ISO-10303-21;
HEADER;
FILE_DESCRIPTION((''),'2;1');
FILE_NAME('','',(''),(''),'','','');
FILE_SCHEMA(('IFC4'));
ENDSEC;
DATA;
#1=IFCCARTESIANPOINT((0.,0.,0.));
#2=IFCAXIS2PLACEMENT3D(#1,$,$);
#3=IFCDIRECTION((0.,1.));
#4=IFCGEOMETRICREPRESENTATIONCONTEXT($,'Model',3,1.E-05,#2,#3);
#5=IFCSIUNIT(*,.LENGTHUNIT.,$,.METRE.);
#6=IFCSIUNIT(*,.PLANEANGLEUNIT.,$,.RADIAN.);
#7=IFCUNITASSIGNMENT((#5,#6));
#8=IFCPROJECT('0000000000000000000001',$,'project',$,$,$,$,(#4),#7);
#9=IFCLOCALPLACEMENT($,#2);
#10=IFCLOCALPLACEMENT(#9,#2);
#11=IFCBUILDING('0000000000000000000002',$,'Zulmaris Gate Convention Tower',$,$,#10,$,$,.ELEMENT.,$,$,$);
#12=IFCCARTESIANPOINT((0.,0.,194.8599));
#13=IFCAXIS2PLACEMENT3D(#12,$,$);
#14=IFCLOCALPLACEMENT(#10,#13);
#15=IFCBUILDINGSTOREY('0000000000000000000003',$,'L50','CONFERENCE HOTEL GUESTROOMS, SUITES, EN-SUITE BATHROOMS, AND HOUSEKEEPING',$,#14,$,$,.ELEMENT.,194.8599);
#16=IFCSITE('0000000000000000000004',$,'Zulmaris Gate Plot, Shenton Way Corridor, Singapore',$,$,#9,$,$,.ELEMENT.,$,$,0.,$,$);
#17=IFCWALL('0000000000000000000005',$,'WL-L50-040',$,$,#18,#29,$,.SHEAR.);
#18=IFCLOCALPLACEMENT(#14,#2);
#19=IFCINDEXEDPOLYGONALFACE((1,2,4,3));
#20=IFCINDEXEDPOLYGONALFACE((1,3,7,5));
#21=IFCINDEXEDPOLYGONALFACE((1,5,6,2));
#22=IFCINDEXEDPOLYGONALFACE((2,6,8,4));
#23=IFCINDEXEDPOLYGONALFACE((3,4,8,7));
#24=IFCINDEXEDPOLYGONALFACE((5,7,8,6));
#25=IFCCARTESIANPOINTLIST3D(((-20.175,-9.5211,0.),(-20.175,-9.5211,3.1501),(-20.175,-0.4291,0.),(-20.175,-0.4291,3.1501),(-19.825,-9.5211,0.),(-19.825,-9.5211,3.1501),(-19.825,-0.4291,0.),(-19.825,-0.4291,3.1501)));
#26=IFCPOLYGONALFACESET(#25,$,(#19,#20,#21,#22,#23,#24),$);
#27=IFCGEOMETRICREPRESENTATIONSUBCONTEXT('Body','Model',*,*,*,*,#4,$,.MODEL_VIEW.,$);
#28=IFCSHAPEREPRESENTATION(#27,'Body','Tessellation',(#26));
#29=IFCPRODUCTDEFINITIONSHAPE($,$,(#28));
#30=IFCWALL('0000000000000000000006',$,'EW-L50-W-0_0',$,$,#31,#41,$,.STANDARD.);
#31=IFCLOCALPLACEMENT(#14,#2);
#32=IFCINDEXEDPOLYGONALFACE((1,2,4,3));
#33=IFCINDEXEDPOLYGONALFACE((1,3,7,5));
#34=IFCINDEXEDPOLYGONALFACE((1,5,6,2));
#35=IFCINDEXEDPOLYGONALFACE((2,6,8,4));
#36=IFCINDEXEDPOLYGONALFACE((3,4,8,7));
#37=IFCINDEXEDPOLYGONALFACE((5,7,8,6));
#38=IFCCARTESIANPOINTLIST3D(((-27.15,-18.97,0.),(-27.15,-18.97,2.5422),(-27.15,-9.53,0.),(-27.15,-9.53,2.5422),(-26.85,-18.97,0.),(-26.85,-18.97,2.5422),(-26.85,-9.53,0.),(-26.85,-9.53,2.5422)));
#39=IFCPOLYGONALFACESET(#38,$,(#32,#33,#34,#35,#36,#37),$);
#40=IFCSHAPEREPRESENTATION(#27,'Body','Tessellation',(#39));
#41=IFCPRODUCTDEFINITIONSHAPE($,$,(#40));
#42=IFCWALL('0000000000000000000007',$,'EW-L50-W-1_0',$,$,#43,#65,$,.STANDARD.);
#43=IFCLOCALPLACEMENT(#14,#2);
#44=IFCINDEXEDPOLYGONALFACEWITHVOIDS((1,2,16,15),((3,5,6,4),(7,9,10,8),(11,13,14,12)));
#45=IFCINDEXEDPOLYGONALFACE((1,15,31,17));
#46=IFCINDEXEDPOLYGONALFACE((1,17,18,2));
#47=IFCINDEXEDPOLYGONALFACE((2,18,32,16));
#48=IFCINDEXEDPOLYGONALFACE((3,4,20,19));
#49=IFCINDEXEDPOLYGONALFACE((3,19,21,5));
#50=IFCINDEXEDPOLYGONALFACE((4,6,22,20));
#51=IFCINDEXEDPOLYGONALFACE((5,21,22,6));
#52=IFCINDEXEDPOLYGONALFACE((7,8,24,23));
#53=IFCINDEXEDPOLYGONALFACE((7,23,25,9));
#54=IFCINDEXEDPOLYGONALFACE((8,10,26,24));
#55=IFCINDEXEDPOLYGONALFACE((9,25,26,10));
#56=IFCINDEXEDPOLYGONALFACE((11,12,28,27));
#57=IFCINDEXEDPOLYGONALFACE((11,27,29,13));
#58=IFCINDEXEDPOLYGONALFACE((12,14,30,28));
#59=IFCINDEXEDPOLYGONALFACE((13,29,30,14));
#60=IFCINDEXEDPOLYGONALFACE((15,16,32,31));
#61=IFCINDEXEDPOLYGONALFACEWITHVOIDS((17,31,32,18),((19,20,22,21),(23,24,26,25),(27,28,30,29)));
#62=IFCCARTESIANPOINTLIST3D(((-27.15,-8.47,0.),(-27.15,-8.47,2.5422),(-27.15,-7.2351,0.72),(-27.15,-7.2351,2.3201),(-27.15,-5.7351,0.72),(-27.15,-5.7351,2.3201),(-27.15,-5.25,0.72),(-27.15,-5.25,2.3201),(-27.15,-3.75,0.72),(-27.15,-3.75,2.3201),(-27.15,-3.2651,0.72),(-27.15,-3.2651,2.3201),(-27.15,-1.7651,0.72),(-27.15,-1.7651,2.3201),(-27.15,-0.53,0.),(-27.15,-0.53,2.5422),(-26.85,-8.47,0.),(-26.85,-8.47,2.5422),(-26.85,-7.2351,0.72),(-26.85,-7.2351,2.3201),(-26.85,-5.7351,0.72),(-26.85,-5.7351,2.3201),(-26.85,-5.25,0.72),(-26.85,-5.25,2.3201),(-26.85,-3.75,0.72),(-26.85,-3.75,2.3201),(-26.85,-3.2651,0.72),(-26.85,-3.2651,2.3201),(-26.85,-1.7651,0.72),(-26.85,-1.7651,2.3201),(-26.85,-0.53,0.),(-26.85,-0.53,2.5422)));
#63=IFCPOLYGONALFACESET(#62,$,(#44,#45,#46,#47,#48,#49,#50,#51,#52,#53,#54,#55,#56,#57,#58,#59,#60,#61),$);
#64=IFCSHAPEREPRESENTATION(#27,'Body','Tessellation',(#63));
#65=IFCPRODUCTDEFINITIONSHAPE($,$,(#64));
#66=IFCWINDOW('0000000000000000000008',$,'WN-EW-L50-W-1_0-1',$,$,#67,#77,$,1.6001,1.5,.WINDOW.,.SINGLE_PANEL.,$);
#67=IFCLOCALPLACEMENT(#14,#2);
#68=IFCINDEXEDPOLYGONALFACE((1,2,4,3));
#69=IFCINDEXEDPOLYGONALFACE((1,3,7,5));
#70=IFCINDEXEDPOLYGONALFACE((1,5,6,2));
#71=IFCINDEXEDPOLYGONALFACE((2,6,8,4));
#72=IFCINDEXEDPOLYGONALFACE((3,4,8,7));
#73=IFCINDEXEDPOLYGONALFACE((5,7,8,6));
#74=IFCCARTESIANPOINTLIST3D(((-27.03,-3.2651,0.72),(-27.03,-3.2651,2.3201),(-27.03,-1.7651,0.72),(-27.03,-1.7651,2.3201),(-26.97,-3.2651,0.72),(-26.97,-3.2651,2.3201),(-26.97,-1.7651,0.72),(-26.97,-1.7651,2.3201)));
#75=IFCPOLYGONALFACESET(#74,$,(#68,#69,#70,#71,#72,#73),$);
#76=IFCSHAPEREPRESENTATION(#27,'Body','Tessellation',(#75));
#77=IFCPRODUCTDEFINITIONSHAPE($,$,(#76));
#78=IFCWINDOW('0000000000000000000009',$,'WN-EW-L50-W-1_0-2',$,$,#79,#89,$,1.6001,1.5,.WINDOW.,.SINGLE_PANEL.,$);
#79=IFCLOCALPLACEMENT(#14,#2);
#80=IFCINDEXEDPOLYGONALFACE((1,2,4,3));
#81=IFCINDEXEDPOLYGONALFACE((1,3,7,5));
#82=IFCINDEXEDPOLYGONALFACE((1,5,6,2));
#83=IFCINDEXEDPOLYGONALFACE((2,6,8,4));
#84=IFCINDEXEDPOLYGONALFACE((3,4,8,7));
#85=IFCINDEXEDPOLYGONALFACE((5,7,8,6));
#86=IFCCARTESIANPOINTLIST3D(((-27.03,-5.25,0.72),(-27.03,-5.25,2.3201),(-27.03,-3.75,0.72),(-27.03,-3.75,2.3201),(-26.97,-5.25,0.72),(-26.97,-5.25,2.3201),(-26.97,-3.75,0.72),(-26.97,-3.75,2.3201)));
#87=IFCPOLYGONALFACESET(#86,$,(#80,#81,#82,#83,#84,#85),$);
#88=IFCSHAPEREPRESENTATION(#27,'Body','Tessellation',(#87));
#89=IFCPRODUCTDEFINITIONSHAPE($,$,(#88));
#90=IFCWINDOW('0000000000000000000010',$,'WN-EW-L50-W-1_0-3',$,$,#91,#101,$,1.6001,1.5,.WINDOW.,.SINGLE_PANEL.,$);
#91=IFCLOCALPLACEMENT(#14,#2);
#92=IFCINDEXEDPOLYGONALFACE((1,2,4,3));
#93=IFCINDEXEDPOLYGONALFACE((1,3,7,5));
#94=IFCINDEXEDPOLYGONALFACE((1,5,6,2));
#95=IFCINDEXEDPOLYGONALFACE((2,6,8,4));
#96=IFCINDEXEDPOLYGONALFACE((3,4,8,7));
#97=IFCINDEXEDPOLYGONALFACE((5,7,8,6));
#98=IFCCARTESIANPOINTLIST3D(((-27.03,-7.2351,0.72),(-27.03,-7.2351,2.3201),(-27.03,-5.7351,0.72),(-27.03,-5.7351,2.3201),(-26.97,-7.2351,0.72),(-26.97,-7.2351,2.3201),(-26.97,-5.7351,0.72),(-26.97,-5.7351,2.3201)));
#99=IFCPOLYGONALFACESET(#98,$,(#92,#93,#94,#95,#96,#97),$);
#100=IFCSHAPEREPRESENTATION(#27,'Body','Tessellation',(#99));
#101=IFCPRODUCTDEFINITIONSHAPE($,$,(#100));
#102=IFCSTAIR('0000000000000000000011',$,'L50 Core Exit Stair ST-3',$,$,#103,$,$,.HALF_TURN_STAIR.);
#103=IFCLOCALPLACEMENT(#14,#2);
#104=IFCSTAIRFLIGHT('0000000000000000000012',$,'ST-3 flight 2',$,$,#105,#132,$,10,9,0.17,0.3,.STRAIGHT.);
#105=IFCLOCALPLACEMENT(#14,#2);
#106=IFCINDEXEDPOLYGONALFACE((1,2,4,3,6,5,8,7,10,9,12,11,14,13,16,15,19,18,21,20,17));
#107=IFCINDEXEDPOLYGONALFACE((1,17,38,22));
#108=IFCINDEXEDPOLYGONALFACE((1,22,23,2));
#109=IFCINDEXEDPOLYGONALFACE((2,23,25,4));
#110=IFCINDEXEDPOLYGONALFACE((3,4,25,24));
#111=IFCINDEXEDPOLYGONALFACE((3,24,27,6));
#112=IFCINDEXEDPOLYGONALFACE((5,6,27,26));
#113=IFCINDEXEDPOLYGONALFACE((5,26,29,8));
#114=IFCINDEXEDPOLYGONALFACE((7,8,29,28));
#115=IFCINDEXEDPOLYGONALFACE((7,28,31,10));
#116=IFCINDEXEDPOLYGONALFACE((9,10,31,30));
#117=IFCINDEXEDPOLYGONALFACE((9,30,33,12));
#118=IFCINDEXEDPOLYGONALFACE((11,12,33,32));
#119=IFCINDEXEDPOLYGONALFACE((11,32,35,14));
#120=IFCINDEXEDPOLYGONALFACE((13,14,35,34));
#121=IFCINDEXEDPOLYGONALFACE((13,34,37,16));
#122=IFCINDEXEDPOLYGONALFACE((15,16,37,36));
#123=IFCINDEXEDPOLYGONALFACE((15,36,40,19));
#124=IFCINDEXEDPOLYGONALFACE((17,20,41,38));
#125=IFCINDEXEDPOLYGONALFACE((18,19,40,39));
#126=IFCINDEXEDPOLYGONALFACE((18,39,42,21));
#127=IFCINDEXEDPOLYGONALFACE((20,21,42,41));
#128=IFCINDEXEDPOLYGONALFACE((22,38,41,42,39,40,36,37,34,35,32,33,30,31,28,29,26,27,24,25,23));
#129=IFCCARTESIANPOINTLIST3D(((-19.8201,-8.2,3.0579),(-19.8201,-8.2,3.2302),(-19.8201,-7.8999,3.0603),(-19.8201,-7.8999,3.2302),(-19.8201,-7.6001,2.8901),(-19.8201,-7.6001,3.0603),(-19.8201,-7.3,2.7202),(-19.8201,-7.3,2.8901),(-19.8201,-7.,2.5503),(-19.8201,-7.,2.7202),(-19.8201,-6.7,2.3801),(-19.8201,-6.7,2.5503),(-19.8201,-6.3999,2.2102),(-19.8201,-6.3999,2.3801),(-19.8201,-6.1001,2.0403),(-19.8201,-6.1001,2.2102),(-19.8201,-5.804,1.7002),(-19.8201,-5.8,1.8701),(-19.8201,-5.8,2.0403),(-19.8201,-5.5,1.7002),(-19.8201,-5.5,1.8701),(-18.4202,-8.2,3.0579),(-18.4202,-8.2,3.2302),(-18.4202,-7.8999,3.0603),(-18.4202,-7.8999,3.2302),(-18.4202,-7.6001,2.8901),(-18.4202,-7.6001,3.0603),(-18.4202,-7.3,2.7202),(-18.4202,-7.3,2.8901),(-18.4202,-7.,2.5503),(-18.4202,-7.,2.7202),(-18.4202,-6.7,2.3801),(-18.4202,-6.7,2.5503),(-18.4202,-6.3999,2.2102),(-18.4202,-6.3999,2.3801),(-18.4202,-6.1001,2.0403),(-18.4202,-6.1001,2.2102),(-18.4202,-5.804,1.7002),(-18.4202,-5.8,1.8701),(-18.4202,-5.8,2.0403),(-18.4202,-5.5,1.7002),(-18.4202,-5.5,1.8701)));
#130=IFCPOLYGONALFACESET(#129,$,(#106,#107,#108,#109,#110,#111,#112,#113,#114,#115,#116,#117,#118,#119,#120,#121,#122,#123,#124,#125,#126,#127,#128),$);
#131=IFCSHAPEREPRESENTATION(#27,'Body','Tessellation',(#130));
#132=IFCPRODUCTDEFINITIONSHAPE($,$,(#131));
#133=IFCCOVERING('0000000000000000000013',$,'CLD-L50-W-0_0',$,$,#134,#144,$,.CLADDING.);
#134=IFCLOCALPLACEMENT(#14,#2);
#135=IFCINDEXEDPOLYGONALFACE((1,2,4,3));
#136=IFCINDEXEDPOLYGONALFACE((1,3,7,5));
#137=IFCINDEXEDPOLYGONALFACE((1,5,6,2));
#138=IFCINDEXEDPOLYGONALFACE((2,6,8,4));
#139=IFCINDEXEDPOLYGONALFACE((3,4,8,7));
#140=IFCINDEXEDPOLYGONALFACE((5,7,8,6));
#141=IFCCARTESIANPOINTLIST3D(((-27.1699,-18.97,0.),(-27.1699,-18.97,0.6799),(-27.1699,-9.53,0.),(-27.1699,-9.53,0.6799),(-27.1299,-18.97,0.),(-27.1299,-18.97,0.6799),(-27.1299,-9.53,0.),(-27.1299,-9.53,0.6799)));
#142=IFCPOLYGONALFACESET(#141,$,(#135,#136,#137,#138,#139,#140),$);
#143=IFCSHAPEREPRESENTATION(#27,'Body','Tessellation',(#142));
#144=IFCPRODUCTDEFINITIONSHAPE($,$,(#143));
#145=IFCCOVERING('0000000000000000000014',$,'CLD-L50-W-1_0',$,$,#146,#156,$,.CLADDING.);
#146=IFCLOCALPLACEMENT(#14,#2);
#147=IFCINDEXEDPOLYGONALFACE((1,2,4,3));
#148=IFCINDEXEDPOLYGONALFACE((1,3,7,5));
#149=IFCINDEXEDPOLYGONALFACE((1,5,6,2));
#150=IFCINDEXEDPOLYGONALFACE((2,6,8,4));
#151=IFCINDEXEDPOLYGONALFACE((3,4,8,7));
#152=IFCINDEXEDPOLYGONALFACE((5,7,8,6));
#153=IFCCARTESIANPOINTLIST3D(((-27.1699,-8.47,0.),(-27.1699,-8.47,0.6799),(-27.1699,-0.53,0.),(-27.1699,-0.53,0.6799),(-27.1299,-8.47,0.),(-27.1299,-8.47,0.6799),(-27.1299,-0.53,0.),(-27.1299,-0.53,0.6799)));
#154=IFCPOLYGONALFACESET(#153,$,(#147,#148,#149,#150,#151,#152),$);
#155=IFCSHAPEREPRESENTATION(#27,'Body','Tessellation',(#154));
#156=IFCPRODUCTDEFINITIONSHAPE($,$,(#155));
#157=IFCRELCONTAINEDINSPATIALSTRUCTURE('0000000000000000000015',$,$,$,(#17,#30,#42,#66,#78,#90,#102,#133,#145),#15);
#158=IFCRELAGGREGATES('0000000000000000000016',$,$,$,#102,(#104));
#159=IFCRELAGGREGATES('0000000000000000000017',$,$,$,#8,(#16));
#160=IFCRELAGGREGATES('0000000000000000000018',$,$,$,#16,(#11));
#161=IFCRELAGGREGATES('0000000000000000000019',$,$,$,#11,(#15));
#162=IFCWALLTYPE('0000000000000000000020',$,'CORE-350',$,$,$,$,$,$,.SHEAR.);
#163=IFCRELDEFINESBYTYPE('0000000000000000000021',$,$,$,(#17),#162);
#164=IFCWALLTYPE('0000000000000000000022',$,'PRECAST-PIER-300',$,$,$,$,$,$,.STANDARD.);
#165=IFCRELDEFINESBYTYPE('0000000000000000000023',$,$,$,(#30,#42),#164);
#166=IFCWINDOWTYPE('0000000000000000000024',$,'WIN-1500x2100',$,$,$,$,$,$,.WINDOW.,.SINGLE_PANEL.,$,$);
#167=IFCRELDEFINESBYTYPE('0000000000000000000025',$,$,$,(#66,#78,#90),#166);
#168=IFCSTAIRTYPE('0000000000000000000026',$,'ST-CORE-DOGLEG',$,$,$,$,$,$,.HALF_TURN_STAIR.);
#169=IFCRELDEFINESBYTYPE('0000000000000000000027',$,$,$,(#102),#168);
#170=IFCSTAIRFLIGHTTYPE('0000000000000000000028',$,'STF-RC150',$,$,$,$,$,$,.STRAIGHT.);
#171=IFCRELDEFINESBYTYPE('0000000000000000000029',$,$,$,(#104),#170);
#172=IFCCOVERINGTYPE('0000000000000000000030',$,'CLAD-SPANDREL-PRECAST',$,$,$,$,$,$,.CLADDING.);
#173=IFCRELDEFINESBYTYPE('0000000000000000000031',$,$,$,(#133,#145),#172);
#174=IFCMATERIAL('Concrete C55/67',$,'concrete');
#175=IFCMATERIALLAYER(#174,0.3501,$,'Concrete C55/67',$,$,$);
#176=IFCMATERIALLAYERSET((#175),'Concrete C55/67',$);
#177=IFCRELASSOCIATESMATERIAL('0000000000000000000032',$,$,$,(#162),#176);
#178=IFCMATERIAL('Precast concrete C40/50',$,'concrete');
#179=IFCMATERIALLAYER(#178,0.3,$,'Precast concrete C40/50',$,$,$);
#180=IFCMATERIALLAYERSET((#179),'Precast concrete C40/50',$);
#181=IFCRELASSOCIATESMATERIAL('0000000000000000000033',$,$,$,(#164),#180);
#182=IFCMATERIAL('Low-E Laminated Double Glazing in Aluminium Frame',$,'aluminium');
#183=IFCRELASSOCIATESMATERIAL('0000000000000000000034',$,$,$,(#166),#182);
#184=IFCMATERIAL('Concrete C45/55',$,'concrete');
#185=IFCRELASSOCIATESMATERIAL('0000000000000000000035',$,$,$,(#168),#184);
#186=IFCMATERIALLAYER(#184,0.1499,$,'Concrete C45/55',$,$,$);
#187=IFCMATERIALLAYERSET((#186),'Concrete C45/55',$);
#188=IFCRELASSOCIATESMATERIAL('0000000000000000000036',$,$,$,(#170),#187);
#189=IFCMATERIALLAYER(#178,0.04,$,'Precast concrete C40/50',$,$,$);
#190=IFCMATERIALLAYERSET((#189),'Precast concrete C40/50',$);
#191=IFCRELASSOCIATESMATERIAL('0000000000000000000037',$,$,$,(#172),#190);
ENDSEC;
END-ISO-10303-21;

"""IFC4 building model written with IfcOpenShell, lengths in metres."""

from ifc_helpers import new_model, si_unit, direction, frame, frame_2d, origin, place, context, subcontext, project, spatial, polyline, rectangle, outline, extrude, material, layer, layer_set, type_object, element, fill, aggregate, save


model = new_model("IFC4")

# Units and contexts
model_context = context("Model", 3, precision=1e-05, world=origin(), true_north=direction((0.0, 1.0)))
body_context = subcontext(model_context, "Body", "Model", "MODEL_VIEW")
ifc_project = project(units=[si_unit("LENGTHUNIT", "METRE"), si_unit("PLANEANGLEUNIT", "RADIAN")], contexts=[model_context])

# Site, building, storey
site_placement = place(None, origin())
site = spatial("IfcSite", under=ifc_project, at=site_placement, Name="Zulmaris Gate Plot, Shenton Way Corridor, Singapore", CompositionType="ELEMENT", RefElevation=0.0)
building_placement = place(site_placement, origin())
building = spatial("IfcBuilding", under=site, at=building_placement, Name="Zulmaris Gate Convention Tower", CompositionType="ELEMENT")
storey_placement = place(building_placement, frame((0.0, 0.0, 194.8599)))
storey = spatial("IfcBuildingStorey", under=building, at=storey_placement, Name="L50", Description="CONFERENCE HOTEL GUESTROOMS, SUITES, EN-SUITE BATHROOMS, AND HOUSEKEEPING", CompositionType="ELEMENT", Elevation=194.8599)

# Shared definitions
ifc_material_1 = material(Name="Concrete C55/67", Category="concrete")
ifc_layer_1 = layer(ifc_material_1, 0.3501, Name="Concrete C55/67")
ifc_layer_set_1 = layer_set([ifc_layer_1], Name="Concrete C55/67")
wall_type_1 = type_object("IfcWallType", Name="CORE-350", PredefinedType="SHEAR", material=ifc_layer_set_1)

# Walls
wall_1_placement = place(storey_placement, frame((-20.0, -9.521, 0.0), z_axis=(0.0, 0.0, 1.0), x_axis=(0.0, 1.0, 0.0)))
element("IfcWall", 1, at=wall_1_placement, inside=storey, type_object=wall_type_1, Name="WL-L50-040", PredefinedType="SHEAR", context=body_context, shape_type="SweptSolid", body=[
    extrude(rectangle(XDim=9.092, YDim=0.3501, at=frame_2d((4.5459, 0.0))), origin(), (0.0, 0.0, 1.0), 3.1501),
])
ifc_material_2 = material(Name="Precast concrete C40/50", Category="concrete")
ifc_layer_2 = layer(ifc_material_2, 0.3, Name="Precast concrete C40/50")
ifc_layer_set_2 = layer_set([ifc_layer_2], Name="Precast concrete C40/50")
wall_type_2 = type_object("IfcWallType", Name="PRECAST-PIER-300", PredefinedType="STANDARD", material=ifc_layer_set_2)
wall_2_placement = place(storey_placement, frame((-27.0, -9.53, 0.0), z_axis=(0.0, 0.0, 1.0), x_axis=(0.0, -1.0, 0.0)))
element("IfcWall", 2, at=wall_2_placement, inside=storey, type_object=wall_type_2, Name="EW-L50-W-0_0", PredefinedType="STANDARD", context=body_context, shape_type="SweptSolid", body=[
    extrude(rectangle(XDim=9.4399, YDim=0.3, at=frame_2d((4.72, 0.0))), origin(), (0.0, 0.0, 1.0), 2.5422),
])

# Wall, openings, windows
wall_3_placement = place(storey_placement, frame((-27.0, -0.53, 0.0), z_axis=(0.0, 0.0, 1.0), x_axis=(0.0, -1.0, 0.0)))
wall_3 = element("IfcWall", 3, at=wall_3_placement, inside=storey, type_object=wall_type_2, Name="EW-L50-W-1_0", PredefinedType="STANDARD", context=body_context, shape_type="SweptSolid", body=[
    extrude(rectangle(XDim=7.9399, YDim=0.3, at=frame_2d((3.97, 0.0))), origin(), (0.0, 0.0, 1.0), 2.5422),
])
opening_1_placement = place(wall_3_placement, frame((1.2351, 0.0, 0.72)))
opening_1 = element("IfcOpeningElement", 4, at=opening_1_placement, cuts=wall_3, PredefinedType="OPENING", context=body_context, shape_type="SweptSolid", body=[
    extrude(rectangle(XDim=1.5, YDim=1.6001, at=frame_2d((0.75, 0.8))), frame((0.0, 0.1602, 0.0), z_axis=(0.0, -1.0, 0.0), x_axis=(1.0, 0.0, 0.0)), (0.0, 0.0, 1.0), 0.3201),
])
opening_2_placement = place(wall_3_placement, frame((3.22, 0.0, 0.72)))
opening_2 = element("IfcOpeningElement", 5, at=opening_2_placement, cuts=wall_3, PredefinedType="OPENING", context=body_context, shape_type="SweptSolid", body=[
    extrude(rectangle(XDim=1.5, YDim=1.6001, at=frame_2d((0.75, 0.8))), frame((0.0, 0.1602, 0.0), z_axis=(0.0, -1.0, 0.0), x_axis=(1.0, 0.0, 0.0)), (0.0, 0.0, 1.0), 0.3201),
])
opening_3_placement = place(wall_3_placement, frame((5.2051, 0.0, 0.72)))
opening_3 = element("IfcOpeningElement", 6, at=opening_3_placement, cuts=wall_3, PredefinedType="OPENING", context=body_context, shape_type="SweptSolid", body=[
    extrude(rectangle(XDim=1.5, YDim=1.6001, at=frame_2d((0.75, 0.8))), frame((0.0, 0.1602, 0.0), z_axis=(0.0, -1.0, 0.0), x_axis=(1.0, 0.0, 0.0)), (0.0, 0.0, 1.0), 0.3201),
])
ifc_material_3 = material(Name="Low-E Laminated Double Glazing in Aluminium Frame", Category="aluminium")
window_type = type_object("IfcWindowType", Name="WIN-1500x2100", PartitioningType="SINGLE_PANEL", PredefinedType="WINDOW", material=ifc_material_3)
window_1_placement = place(opening_1_placement, origin())
window_1 = element("IfcWindow", 7, at=window_1_placement, inside=storey, type_object=window_type, Name="WN-EW-L50-W-1_0-1", OverallHeight=1.6001, OverallWidth=1.5, PartitioningType="SINGLE_PANEL", PredefinedType="WINDOW", context=body_context, shape_type="SweptSolid", body=[
    extrude(rectangle(XDim=1.5, YDim=1.6001, at=frame_2d((0.75, 0.8))), frame((0.0, 0.03, 0.0), z_axis=(0.0, -1.0, 0.0), x_axis=(1.0, 0.0, 0.0)), (0.0, 0.0, 1.0), 0.0601),
])
fill(opening_1, window_1)
window_2_placement = place(opening_2_placement, origin())
window_2 = element("IfcWindow", 8, at=window_2_placement, inside=storey, type_object=window_type, Name="WN-EW-L50-W-1_0-2", OverallHeight=1.6001, OverallWidth=1.5, PartitioningType="SINGLE_PANEL", PredefinedType="WINDOW", context=body_context, shape_type="SweptSolid", body=[
    extrude(rectangle(XDim=1.5, YDim=1.6001, at=frame_2d((0.75, 0.8))), frame((0.0, 0.03, 0.0), z_axis=(0.0, -1.0, 0.0), x_axis=(1.0, 0.0, 0.0)), (0.0, 0.0, 1.0), 0.0601),
])
fill(opening_2, window_2)
window_3_placement = place(opening_3_placement, origin())
window_3 = element("IfcWindow", 9, at=window_3_placement, inside=storey, type_object=window_type, Name="WN-EW-L50-W-1_0-3", OverallHeight=1.6001, OverallWidth=1.5, PartitioningType="SINGLE_PANEL", PredefinedType="WINDOW", context=body_context, shape_type="SweptSolid", body=[
    extrude(rectangle(XDim=1.5, YDim=1.6001, at=frame_2d((0.75, 0.8))), frame((0.0, 0.03, 0.0), z_axis=(0.0, -1.0, 0.0), x_axis=(1.0, 0.0, 0.0)), (0.0, 0.0, 1.0), 0.0601),
])
fill(opening_3, window_3)

# Stair, stair flight
ifc_material_4 = material(Name="Concrete C45/55", Category="concrete")
stair_type = type_object("IfcStairType", Name="ST-CORE-DOGLEG", PredefinedType="HALF_TURN_STAIR", material=ifc_material_4)
stair_placement = place(storey_placement, origin())
stair = element("IfcStair", 10, at=stair_placement, inside=storey, type_object=stair_type, Name="L50 Core Exit Stair ST-3", PredefinedType="HALF_TURN_STAIR")
ifc_layer_3 = layer(ifc_material_4, 0.1499, Name="Concrete C45/55")
ifc_layer_set_3 = layer_set([ifc_layer_3], Name="Concrete C45/55")
stair_flight_type = type_object("IfcStairFlightType", Name="STF-RC150", PredefinedType="STRAIGHT", material=ifc_layer_set_3)
stair_flight_placement = place(storey_placement, frame((-19.1201, -5.5, 1.7002), z_axis=(0.0, 0.0, 1.0), x_axis=(0.0, -1.0, 0.0)))
stair_flight = element("IfcStairFlight", 11, at=stair_flight_placement, type_object=stair_flight_type, Name="ST-3 flight 2", NumberOfRisers=10, NumberOfTreads=9, PredefinedType="STRAIGHT", RiserHeight=0.17, TreadLength=0.3, context=body_context, shape_type="SweptSolid", body=[
    extrude(outline(polyline([(0.0, 0.0), (0.0, 0.1699), (0.3, 0.1699), (0.3, 0.3401), (0.6001, 0.3401), (0.6001, 0.51), (0.8999, 0.51), (0.8999, 0.6799), (1.2, 0.6799), (1.2, 0.8501), (1.5, 0.8501), (1.5, 1.02), (1.8, 1.02), (1.8, 1.1899), (2.1001, 1.1899), (2.1001, 1.3601), (2.3999, 1.3601), (2.3999, 1.53), (2.7, 1.53), (2.7, 1.7), (2.7, 1.3577), (0.304, 0.0), (0.0, 0.0)])), frame((0.0, 0.7, 0.0), z_axis=(0.0, -1.0, 0.0), x_axis=(1.0, 0.0, 0.0)), (0.0, 0.0, 1.0), 1.3999),
])
aggregate(stair, [stair_flight])

# Coverings
ifc_layer_4 = layer(ifc_material_2, 0.04, Name="Precast concrete C40/50")
ifc_layer_set_4 = layer_set([ifc_layer_4], Name="Precast concrete C40/50")
covering_type = type_object("IfcCoveringType", Name="CLAD-SPANDREL-PRECAST", PredefinedType="CLADDING", material=ifc_layer_set_4)
covering_1_placement = place(storey_placement, frame((-27.1499, -9.53, 0.0), z_axis=(0.0, 0.0, 1.0), x_axis=(0.0, -1.0, 0.0)))
element("IfcCovering", 12, at=covering_1_placement, inside=storey, type_object=covering_type, Name="CLD-L50-W-0_0", PredefinedType="CLADDING", context=body_context, shape_type="SweptSolid", body=[
    extrude(rectangle(XDim=9.4399, YDim=0.04, at=frame_2d((4.72, 0.0))), origin(), (0.0, 0.0, 1.0), 0.6799),
])
covering_2_placement = place(storey_placement, frame((-27.1499, -0.53, 0.0), z_axis=(0.0, 0.0, 1.0), x_axis=(0.0, -1.0, 0.0)))
element("IfcCovering", 13, at=covering_2_placement, inside=storey, type_object=covering_type, Name="CLD-L50-W-1_0", PredefinedType="CLADDING", context=body_context, shape_type="SweptSolid", body=[
    extrude(rectangle(XDim=7.9399, YDim=0.04, at=frame_2d((3.97, 0.0))), origin(), (0.0, 0.0, 1.0), 0.6799),
])

save(model, "model.ifc")
